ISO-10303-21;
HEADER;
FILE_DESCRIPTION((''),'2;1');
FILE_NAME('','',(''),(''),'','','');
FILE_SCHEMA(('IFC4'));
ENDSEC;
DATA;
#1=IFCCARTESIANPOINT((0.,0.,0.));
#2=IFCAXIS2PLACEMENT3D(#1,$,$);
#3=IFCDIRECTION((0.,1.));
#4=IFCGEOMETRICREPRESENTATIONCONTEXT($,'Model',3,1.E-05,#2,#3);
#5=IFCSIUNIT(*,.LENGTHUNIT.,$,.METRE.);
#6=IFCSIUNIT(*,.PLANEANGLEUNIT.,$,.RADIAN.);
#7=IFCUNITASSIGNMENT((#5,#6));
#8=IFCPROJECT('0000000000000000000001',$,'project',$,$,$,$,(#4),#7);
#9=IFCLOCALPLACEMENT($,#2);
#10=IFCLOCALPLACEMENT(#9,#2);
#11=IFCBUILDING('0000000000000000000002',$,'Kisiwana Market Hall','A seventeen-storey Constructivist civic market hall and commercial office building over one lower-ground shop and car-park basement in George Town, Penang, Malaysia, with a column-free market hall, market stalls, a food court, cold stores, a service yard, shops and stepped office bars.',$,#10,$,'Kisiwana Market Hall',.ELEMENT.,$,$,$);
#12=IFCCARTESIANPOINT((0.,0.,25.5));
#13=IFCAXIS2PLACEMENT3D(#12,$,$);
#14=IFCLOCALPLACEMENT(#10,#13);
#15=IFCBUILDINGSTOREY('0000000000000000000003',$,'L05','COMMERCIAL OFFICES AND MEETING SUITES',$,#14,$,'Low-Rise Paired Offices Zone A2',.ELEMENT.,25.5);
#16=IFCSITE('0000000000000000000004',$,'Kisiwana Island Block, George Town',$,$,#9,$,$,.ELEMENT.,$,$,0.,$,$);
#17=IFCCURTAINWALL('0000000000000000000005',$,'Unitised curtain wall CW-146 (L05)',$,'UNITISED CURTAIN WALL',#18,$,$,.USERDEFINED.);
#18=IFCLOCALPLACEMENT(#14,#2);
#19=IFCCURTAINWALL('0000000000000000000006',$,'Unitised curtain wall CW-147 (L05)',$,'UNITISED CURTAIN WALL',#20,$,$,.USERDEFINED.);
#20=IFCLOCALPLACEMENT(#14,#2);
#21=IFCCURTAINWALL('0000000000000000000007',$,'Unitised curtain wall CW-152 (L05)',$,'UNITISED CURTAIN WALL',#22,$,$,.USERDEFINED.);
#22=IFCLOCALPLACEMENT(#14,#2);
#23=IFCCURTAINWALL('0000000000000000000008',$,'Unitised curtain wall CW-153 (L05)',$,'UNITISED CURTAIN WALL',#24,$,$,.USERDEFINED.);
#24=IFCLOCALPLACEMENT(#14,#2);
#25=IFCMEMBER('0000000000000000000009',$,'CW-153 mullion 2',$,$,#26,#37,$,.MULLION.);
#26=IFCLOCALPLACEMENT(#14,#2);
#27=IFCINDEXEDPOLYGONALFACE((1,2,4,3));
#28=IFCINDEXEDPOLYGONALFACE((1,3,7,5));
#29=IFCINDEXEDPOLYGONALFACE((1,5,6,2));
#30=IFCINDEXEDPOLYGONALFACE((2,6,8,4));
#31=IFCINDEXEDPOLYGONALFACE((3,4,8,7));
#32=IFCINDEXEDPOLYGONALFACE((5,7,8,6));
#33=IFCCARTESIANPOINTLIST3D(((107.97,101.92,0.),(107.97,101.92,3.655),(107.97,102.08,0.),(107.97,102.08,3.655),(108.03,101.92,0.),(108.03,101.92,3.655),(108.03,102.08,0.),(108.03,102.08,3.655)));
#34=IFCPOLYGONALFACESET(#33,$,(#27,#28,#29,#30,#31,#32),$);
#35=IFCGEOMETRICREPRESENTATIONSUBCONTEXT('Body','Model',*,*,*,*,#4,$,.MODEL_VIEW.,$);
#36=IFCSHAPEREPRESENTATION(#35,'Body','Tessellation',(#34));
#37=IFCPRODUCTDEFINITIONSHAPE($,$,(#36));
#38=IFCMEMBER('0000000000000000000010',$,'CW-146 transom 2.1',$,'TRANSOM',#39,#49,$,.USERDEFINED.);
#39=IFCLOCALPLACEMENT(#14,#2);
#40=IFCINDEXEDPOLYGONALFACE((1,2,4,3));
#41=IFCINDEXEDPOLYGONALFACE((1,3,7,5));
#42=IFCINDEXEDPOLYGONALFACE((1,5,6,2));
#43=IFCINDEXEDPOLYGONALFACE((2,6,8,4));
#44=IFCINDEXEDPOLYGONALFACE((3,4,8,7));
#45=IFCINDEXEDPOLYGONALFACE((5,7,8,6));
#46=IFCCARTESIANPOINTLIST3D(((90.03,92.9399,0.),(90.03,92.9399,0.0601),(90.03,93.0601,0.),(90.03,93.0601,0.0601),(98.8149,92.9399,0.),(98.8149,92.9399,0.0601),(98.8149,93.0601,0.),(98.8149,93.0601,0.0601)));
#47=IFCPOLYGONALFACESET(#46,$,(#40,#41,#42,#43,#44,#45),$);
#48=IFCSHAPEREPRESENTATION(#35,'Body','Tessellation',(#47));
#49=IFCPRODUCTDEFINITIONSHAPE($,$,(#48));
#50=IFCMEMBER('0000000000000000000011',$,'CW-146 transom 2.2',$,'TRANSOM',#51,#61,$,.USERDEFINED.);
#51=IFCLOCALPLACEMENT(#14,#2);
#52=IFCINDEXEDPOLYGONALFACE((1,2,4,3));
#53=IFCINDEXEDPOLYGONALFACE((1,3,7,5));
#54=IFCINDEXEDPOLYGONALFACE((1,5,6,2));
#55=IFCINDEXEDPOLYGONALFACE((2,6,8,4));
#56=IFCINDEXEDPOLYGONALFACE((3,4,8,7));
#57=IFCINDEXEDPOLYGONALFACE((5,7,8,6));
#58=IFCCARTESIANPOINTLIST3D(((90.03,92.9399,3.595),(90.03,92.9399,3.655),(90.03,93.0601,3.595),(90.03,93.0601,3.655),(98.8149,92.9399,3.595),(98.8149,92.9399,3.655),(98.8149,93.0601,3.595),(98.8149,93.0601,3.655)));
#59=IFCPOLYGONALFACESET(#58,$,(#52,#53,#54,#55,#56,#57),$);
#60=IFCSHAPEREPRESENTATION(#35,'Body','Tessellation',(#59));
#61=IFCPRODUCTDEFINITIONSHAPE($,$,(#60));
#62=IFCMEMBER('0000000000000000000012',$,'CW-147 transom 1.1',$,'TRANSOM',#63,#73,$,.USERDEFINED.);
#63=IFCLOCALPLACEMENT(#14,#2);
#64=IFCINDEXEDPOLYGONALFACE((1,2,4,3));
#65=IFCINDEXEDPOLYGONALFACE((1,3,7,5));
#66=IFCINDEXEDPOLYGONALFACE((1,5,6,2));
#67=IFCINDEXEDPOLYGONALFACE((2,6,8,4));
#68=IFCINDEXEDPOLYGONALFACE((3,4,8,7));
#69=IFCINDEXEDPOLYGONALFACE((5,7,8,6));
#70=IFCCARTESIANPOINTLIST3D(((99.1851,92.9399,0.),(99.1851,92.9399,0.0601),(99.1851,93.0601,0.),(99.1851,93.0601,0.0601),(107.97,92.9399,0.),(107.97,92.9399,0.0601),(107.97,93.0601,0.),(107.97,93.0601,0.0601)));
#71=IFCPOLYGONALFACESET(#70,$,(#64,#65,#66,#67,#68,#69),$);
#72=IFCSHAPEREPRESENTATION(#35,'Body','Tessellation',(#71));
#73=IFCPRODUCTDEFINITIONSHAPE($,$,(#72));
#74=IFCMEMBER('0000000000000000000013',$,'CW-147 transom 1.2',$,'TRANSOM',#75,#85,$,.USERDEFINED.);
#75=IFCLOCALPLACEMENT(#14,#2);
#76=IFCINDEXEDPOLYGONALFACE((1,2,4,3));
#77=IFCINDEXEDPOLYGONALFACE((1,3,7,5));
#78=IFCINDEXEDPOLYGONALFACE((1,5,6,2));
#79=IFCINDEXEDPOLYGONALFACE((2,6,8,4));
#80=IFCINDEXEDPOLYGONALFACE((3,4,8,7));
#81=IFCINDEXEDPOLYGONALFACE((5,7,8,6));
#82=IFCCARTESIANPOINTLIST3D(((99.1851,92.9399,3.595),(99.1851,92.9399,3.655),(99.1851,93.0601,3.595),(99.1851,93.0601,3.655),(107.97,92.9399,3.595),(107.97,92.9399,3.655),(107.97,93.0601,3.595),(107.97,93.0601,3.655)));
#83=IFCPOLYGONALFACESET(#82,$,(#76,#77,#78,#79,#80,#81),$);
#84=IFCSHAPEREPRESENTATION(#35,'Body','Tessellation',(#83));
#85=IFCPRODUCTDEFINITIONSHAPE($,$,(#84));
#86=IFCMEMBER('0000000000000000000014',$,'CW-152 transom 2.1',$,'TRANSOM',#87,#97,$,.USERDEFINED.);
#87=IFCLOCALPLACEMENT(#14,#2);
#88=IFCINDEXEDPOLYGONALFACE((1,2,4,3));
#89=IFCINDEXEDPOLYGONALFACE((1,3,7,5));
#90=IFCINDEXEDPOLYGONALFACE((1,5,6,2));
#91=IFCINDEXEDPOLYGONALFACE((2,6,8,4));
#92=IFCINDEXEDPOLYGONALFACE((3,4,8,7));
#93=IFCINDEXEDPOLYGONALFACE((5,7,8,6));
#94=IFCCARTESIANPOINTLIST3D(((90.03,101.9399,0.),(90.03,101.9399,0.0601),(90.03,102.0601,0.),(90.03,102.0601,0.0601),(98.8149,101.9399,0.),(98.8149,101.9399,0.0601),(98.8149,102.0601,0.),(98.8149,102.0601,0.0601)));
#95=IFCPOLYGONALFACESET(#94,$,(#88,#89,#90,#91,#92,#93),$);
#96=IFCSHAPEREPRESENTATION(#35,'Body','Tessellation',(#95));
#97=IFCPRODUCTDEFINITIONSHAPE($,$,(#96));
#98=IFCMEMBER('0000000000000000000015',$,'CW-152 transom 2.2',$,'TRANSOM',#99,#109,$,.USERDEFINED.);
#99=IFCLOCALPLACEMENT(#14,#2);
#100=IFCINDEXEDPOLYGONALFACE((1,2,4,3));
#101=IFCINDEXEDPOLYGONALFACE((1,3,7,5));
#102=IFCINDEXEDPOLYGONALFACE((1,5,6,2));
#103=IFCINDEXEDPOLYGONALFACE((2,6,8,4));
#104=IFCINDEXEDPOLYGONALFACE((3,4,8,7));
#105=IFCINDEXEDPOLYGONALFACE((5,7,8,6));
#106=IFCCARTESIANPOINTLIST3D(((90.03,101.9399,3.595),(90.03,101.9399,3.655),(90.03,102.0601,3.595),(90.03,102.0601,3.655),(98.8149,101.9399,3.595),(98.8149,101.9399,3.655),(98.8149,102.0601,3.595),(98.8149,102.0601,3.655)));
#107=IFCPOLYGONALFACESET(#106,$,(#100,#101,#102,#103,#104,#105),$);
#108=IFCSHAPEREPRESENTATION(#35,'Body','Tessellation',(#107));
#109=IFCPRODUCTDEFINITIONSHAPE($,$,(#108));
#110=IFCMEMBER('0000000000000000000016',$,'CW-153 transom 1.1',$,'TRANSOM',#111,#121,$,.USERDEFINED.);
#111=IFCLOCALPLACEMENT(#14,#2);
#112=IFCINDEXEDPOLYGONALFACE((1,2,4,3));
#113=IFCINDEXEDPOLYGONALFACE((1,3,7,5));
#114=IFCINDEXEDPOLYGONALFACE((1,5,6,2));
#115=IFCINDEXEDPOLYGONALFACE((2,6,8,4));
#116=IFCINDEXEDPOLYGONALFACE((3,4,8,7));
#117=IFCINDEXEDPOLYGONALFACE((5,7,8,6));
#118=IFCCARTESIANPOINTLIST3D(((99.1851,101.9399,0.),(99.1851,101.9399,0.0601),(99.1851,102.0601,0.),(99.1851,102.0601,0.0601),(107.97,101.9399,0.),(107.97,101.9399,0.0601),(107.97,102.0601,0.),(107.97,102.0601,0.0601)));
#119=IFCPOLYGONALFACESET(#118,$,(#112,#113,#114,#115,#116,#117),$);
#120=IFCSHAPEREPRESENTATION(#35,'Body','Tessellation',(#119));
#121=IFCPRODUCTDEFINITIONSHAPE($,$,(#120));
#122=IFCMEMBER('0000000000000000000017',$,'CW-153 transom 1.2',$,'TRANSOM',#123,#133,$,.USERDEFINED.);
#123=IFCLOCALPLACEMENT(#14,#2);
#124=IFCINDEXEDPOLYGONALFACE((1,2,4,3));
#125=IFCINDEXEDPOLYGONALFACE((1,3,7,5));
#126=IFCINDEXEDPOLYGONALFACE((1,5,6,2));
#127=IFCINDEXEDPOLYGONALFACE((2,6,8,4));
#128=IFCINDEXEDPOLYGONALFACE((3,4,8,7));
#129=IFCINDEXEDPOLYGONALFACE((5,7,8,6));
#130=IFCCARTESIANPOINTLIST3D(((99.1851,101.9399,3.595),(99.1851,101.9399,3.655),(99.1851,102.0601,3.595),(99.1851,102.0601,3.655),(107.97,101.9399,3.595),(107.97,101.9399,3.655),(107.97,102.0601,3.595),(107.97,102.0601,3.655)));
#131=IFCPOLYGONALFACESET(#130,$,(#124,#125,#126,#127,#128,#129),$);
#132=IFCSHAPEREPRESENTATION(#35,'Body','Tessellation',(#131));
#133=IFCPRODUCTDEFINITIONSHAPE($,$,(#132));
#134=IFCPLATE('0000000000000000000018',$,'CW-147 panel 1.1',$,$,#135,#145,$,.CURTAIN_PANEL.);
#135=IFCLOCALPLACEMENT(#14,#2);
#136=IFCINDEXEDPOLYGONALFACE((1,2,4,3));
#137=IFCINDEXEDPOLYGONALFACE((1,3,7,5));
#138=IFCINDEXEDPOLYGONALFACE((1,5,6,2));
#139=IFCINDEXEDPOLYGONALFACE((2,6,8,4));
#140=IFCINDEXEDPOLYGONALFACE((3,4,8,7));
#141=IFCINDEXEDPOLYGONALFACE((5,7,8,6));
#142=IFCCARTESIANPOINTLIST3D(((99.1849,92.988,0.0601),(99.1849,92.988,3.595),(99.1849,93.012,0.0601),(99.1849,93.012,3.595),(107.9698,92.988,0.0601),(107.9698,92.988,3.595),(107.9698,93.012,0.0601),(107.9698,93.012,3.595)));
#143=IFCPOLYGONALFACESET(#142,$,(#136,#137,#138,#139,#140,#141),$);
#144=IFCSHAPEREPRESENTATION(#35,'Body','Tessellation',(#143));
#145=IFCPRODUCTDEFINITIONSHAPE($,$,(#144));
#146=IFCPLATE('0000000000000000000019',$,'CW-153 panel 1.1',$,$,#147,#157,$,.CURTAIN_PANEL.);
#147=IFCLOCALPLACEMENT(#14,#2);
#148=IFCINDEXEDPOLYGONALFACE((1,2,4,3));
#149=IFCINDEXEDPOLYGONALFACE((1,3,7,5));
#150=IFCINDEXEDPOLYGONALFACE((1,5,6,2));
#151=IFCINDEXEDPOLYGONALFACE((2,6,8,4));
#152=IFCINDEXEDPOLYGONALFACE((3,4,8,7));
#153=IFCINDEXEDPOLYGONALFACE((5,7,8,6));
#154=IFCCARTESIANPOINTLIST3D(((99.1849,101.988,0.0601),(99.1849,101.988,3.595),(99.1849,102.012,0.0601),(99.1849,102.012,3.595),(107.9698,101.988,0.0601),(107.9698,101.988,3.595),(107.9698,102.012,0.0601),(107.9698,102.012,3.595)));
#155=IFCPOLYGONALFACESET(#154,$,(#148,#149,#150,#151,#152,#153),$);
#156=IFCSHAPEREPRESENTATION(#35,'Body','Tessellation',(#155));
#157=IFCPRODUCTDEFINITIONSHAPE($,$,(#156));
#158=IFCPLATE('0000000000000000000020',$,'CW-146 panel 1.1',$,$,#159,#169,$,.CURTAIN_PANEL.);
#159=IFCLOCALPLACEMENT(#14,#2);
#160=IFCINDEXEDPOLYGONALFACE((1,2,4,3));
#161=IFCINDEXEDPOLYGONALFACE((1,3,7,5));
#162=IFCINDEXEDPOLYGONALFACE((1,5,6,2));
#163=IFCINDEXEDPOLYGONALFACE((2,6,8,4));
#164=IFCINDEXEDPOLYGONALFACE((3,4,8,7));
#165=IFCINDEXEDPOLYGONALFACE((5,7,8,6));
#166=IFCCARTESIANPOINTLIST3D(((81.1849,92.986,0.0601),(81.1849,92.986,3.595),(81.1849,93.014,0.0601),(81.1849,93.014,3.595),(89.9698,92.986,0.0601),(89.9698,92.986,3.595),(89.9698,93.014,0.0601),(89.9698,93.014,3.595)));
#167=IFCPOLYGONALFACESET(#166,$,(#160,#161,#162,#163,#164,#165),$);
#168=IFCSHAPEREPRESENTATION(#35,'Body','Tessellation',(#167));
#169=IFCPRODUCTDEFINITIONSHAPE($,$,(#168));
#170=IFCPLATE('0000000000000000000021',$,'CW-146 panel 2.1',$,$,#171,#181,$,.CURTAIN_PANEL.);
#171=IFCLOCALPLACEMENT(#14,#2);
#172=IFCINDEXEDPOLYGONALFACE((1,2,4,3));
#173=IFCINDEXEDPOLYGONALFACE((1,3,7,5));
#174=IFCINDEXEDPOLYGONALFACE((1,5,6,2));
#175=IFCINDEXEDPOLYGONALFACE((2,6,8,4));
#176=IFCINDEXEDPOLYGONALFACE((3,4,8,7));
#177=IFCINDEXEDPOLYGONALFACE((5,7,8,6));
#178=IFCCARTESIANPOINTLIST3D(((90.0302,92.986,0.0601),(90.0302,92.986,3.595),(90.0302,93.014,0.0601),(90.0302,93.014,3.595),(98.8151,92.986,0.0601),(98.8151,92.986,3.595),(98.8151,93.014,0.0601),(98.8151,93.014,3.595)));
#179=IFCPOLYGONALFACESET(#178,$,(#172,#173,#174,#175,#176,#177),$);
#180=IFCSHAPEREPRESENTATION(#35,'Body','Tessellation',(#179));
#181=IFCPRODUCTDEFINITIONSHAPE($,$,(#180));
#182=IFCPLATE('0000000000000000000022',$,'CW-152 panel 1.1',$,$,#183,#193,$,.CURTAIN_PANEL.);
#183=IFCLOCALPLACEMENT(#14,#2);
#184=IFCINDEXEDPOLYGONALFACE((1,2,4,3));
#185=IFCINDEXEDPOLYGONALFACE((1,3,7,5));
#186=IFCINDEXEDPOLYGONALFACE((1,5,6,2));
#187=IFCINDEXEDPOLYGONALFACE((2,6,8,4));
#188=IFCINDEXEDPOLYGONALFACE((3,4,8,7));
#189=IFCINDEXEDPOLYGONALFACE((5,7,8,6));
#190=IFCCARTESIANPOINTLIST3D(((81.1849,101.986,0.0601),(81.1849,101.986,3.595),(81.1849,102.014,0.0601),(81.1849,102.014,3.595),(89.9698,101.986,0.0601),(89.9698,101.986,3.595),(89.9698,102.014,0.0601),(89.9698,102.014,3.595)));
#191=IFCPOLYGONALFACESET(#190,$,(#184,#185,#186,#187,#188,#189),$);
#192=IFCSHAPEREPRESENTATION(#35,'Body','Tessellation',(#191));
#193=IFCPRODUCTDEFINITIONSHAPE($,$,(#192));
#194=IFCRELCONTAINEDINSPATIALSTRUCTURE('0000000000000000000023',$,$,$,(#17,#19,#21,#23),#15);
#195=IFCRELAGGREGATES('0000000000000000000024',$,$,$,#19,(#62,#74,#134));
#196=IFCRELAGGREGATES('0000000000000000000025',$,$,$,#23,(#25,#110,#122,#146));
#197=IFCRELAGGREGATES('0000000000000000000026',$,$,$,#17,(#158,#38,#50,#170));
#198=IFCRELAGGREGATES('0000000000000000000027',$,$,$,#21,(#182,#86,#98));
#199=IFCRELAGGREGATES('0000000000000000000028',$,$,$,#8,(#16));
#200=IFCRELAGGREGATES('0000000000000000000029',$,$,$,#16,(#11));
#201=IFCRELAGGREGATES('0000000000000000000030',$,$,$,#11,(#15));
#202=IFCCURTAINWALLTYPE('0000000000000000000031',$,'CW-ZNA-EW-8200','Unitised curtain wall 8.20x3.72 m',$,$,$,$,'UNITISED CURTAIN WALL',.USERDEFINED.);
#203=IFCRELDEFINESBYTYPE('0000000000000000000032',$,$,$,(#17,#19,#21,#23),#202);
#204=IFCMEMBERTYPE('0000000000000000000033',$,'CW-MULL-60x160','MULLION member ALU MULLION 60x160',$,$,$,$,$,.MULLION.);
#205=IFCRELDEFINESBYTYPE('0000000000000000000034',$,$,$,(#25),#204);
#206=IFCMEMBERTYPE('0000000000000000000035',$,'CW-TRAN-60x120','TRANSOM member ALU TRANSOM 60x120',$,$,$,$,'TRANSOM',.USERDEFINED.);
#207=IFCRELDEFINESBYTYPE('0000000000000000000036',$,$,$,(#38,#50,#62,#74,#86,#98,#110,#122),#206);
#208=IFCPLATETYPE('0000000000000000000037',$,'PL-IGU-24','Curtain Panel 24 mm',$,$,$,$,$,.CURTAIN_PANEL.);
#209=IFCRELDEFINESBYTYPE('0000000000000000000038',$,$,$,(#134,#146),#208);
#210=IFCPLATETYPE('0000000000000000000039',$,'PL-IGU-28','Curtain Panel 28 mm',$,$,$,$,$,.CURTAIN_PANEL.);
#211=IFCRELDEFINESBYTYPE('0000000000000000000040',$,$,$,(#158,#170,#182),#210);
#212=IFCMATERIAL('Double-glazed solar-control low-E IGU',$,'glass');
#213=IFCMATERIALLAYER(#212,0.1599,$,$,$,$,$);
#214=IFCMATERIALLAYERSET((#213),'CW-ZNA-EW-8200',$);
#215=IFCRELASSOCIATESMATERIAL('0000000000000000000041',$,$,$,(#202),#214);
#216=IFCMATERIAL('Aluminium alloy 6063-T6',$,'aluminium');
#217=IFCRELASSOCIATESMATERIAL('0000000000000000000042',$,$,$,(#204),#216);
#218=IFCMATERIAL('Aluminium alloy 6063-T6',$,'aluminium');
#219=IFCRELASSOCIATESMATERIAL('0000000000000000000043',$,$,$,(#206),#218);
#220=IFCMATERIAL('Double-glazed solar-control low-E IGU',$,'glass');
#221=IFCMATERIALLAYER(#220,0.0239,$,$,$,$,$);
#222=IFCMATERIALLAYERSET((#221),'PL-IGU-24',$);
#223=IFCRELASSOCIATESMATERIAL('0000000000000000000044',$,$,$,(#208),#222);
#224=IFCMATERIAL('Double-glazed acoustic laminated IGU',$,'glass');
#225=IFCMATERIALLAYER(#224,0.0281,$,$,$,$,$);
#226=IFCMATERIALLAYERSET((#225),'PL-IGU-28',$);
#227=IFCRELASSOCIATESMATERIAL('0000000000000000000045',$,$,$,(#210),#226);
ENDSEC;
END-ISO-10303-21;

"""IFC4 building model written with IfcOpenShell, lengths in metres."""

from ifc_helpers import new_model, si_unit, direction, frame, origin, origin_2d, place, context, subcontext, project, spatial, rectangle, extrude, material, layer, layer_set, material_profile, profile_set, type_object, element, aggregate, save


model = new_model("IFC4")

# Units and contexts
model_context = context("Model", 3, precision=1e-05, world=origin(), true_north=direction((0.0, 1.0)))
body_context = subcontext(model_context, "Body", "Model", "MODEL_VIEW")
ifc_project = project(units=[si_unit("LENGTHUNIT", "METRE"), si_unit("PLANEANGLEUNIT", "RADIAN")], contexts=[model_context])

# Site, building, storey
site_placement = place(None, origin())
site = spatial("IfcSite", under=ifc_project, at=site_placement, Name="Kisiwana Island Block, George Town", CompositionType="ELEMENT", RefElevation=0.0)
building_placement = place(site_placement, origin())
building = spatial("IfcBuilding", under=site, at=building_placement, Name="Kisiwana Market Hall", Description="A seventeen-storey Constructivist civic market hall and commercial office building over one lower-ground shop and car-park basement in George Town, Penang, Malaysia, with a column-free market hall, market stalls, a food court, cold stores, a service yard, shops and stepped office bars.", LongName="Kisiwana Market Hall", CompositionType="ELEMENT")
storey_placement = place(building_placement, frame((0.0, 0.0, 25.5)))
storey = spatial("IfcBuildingStorey", under=building, at=storey_placement, Name="L05", Description="COMMERCIAL OFFICES AND MEETING SUITES", LongName="Low-Rise Paired Offices Zone A2", CompositionType="ELEMENT", Elevation=25.5)

# Curtain walls, member
ifc_material_1 = material(Name="Double-glazed solar-control low-E IGU", Category="glass")
ifc_layer_1 = layer(ifc_material_1, 0.1599)
ifc_layer_set_1 = layer_set([ifc_layer_1], Name="CW-ZNA-EW-8200")
curtain_wall_type = type_object("IfcCurtainWallType", Name="CW-ZNA-EW-8200", Description="Unitised curtain wall 8.20x3.72 m", ElementType="UNITISED CURTAIN WALL", PredefinedType="USERDEFINED", material=ifc_layer_set_1)
curtain_wall_1_placement = place(storey_placement, origin())
curtain_wall_1 = element("IfcCurtainWall", 1, at=curtain_wall_1_placement, inside=storey, type_object=curtain_wall_type, Name="Unitised curtain wall CW-146 (L05)", ObjectType="UNITISED CURTAIN WALL", PredefinedType="USERDEFINED")
ifc_material_2 = material(Name="Aluminium alloy 6063-T6", Category="aluminium")
ifc_material_profile_1 = material_profile(ifc_material_2, rectangle(XDim=0.0601, YDim=0.1599, at=origin_2d()), Name="ALU MULLION 60x160")
ifc_profile_set_1 = profile_set([ifc_material_profile_1], Name="Aluminium alloy 6063-T6")
member_type_1 = type_object("IfcMemberType", Name="CW-MULL-60x160", Description="MULLION member ALU MULLION 60x160", PredefinedType="MULLION", material=ifc_profile_set_1)
curtain_wall_2_placement = place(storey_placement, origin())
curtain_wall_2 = element("IfcCurtainWall", 2, at=curtain_wall_2_placement, inside=storey, type_object=curtain_wall_type, Name="Unitised curtain wall CW-147 (L05)", ObjectType="UNITISED CURTAIN WALL", PredefinedType="USERDEFINED")
curtain_wall_3_placement = place(storey_placement, origin())
curtain_wall_3 = element("IfcCurtainWall", 3, at=curtain_wall_3_placement, inside=storey, type_object=curtain_wall_type, Name="Unitised curtain wall CW-152 (L05)", ObjectType="UNITISED CURTAIN WALL", PredefinedType="USERDEFINED")
curtain_wall_4_placement = place(storey_placement, origin())
curtain_wall_4 = element("IfcCurtainWall", 4, at=curtain_wall_4_placement, inside=storey, type_object=curtain_wall_type, Name="Unitised curtain wall CW-153 (L05)", ObjectType="UNITISED CURTAIN WALL", PredefinedType="USERDEFINED")
member_1_placement = place(storey_placement, frame((108.0, 102.0, 0.0), z_axis=(0.0, 0.0, 1.0), x_axis=(1.0, 0.0, 0.0)))
member_1 = element("IfcMember", 5, at=member_1_placement, type_object=member_type_1, Name="CW-153 mullion 2", PredefinedType="MULLION", context=body_context, shape_type="SweptSolid", body=[
    extrude(rectangle(XDim=0.0601, YDim=0.1599, at=origin_2d()), origin(), (0.0, 0.0, 1.0), 3.655),
])

# Members
ifc_material_3 = material(Name="Aluminium alloy 6063-T6", Category="aluminium")
ifc_material_profile_2 = material_profile(ifc_material_3, rectangle(XDim=0.1201, YDim=0.0601, at=origin_2d()), Name="ALU TRANSOM 60x120")
ifc_profile_set_2 = profile_set([ifc_material_profile_2], Name="Aluminium alloy 6063-T6")
member_type_2 = type_object("IfcMemberType", Name="CW-TRAN-60x120", Description="TRANSOM member ALU TRANSOM 60x120", ElementType="TRANSOM", PredefinedType="USERDEFINED", material=ifc_profile_set_2)
member_2_placement = place(storey_placement, frame((90.03, 93.0, 0.03), z_axis=(1.0, 0.0, 0.0), x_axis=(0.0, 1.0, 0.0)))
member_2 = element("IfcMember", 6, at=member_2_placement, type_object=member_type_2, Name="CW-146 transom 2.1", ObjectType="TRANSOM", PredefinedType="USERDEFINED", context=body_context, shape_type="SweptSolid", body=[
    extrude(rectangle(XDim=0.1201, YDim=0.0601, at=origin_2d()), origin(), (0.0, 0.0, 1.0), 8.7849),
])
member_3_placement = place(storey_placement, frame((90.03, 93.0, 3.625), z_axis=(1.0, 0.0, 0.0), x_axis=(0.0, 1.0, 0.0)))
member_3 = element("IfcMember", 7, at=member_3_placement, type_object=member_type_2, Name="CW-146 transom 2.2", ObjectType="TRANSOM", PredefinedType="USERDEFINED", context=body_context, shape_type="SweptSolid", body=[
    extrude(rectangle(XDim=0.1201, YDim=0.0601, at=origin_2d()), origin(), (0.0, 0.0, 1.0), 8.7849),
])
member_4_placement = place(storey_placement, frame((99.1851, 93.0, 0.03), z_axis=(1.0, 0.0, 0.0), x_axis=(0.0, 1.0, 0.0)))
member_4 = element("IfcMember", 8, at=member_4_placement, type_object=member_type_2, Name="CW-147 transom 1.1", ObjectType="TRANSOM", PredefinedType="USERDEFINED", context=body_context, shape_type="SweptSolid", body=[
    extrude(rectangle(XDim=0.1201, YDim=0.0601, at=origin_2d()), origin(), (0.0, 0.0, 1.0), 8.7849),
])
member_5_placement = place(storey_placement, frame((99.1851, 93.0, 3.625), z_axis=(1.0, 0.0, 0.0), x_axis=(0.0, 1.0, 0.0)))
member_5 = element("IfcMember", 9, at=member_5_placement, type_object=member_type_2, Name="CW-147 transom 1.2", ObjectType="TRANSOM", PredefinedType="USERDEFINED", context=body_context, shape_type="SweptSolid", body=[
    extrude(rectangle(XDim=0.1201, YDim=0.0601, at=origin_2d()), origin(), (0.0, 0.0, 1.0), 8.7849),
])
member_6_placement = place(storey_placement, frame((90.03, 102.0, 0.03), z_axis=(1.0, 0.0, 0.0), x_axis=(0.0, 1.0, 0.0)))
member_6 = element("IfcMember", 10, at=member_6_placement, type_object=member_type_2, Name="CW-152 transom 2.1", ObjectType="TRANSOM", PredefinedType="USERDEFINED", context=body_context, shape_type="SweptSolid", body=[
    extrude(rectangle(XDim=0.1201, YDim=0.0601, at=origin_2d()), origin(), (0.0, 0.0, 1.0), 8.7849),
])
member_7_placement = place(storey_placement, frame((90.03, 102.0, 3.625), z_axis=(1.0, 0.0, 0.0), x_axis=(0.0, 1.0, 0.0)))
member_7 = element("IfcMember", 11, at=member_7_placement, type_object=member_type_2, Name="CW-152 transom 2.2", ObjectType="TRANSOM", PredefinedType="USERDEFINED", context=body_context, shape_type="SweptSolid", body=[
    extrude(rectangle(XDim=0.1201, YDim=0.0601, at=origin_2d()), origin(), (0.0, 0.0, 1.0), 8.7849),
])
member_8_placement = place(storey_placement, frame((99.1851, 102.0, 0.03), z_axis=(1.0, 0.0, 0.0), x_axis=(0.0, 1.0, 0.0)))
member_8 = element("IfcMember", 12, at=member_8_placement, type_object=member_type_2, Name="CW-153 transom 1.1", ObjectType="TRANSOM", PredefinedType="USERDEFINED", context=body_context, shape_type="SweptSolid", body=[
    extrude(rectangle(XDim=0.1201, YDim=0.0601, at=origin_2d()), origin(), (0.0, 0.0, 1.0), 8.7849),
])
member_9_placement = place(storey_placement, frame((99.1851, 102.0, 3.625), z_axis=(1.0, 0.0, 0.0), x_axis=(0.0, 1.0, 0.0)))
member_9 = element("IfcMember", 13, at=member_9_placement, type_object=member_type_2, Name="CW-153 transom 1.2", ObjectType="TRANSOM", PredefinedType="USERDEFINED", context=body_context, shape_type="SweptSolid", body=[
    extrude(rectangle(XDim=0.1201, YDim=0.0601, at=origin_2d()), origin(), (0.0, 0.0, 1.0), 8.7849),
])

# Plates
ifc_material_4 = material(Name="Double-glazed solar-control low-E IGU", Category="glass")
ifc_layer_2 = layer(ifc_material_4, 0.0239)
ifc_layer_set_2 = layer_set([ifc_layer_2], Name="PL-IGU-24")
plate_type_1 = type_object("IfcPlateType", Name="PL-IGU-24", Description="Curtain Panel 24 mm", PredefinedType="CURTAIN_PANEL", material=ifc_layer_set_2)
plate_1_placement = place(storey_placement, frame((103.5774, 93.0, 0.0601), z_axis=(0.0, 0.0, 1.0), x_axis=(1.0, 0.0, 0.0)))
plate_1 = element("IfcPlate", 14, at=plate_1_placement, type_object=plate_type_1, Name="CW-147 panel 1.1", PredefinedType="CURTAIN_PANEL", context=body_context, shape_type="SweptSolid", body=[
    extrude(rectangle(XDim=8.7849, YDim=0.0239, at=origin_2d()), origin(), (0.0, 0.0, 1.0), 3.5349),
])
aggregate(curtain_wall_2, [member_4, member_5, plate_1])
plate_2_placement = place(storey_placement, frame((103.5774, 102.0, 0.0601), z_axis=(0.0, 0.0, 1.0), x_axis=(1.0, 0.0, 0.0)))
plate_2 = element("IfcPlate", 15, at=plate_2_placement, type_object=plate_type_1, Name="CW-153 panel 1.1", PredefinedType="CURTAIN_PANEL", context=body_context, shape_type="SweptSolid", body=[
    extrude(rectangle(XDim=8.7849, YDim=0.0239, at=origin_2d()), origin(), (0.0, 0.0, 1.0), 3.5349),
])
aggregate(curtain_wall_4, [member_1, member_8, member_9, plate_2])
ifc_material_5 = material(Name="Double-glazed acoustic laminated IGU", Category="glass")
ifc_layer_3 = layer(ifc_material_5, 0.0281)
ifc_layer_set_3 = layer_set([ifc_layer_3], Name="PL-IGU-28")
plate_type_2 = type_object("IfcPlateType", Name="PL-IGU-28", Description="Curtain Panel 28 mm", PredefinedType="CURTAIN_PANEL", material=ifc_layer_set_3)
plate_3_placement = place(storey_placement, frame((85.5774, 93.0, 0.0601), z_axis=(0.0, 0.0, 1.0), x_axis=(1.0, 0.0, 0.0)))
plate_3 = element("IfcPlate", 16, at=plate_3_placement, type_object=plate_type_2, Name="CW-146 panel 1.1", PredefinedType="CURTAIN_PANEL", context=body_context, shape_type="SweptSolid", body=[
    extrude(rectangle(XDim=8.7849, YDim=0.0281, at=origin_2d()), origin(), (0.0, 0.0, 1.0), 3.5349),
])
plate_4_placement = place(storey_placement, frame((94.4226, 93.0, 0.0601), z_axis=(0.0, 0.0, 1.0), x_axis=(1.0, 0.0, 0.0)))
plate_4 = element("IfcPlate", 17, at=plate_4_placement, type_object=plate_type_2, Name="CW-146 panel 2.1", PredefinedType="CURTAIN_PANEL", context=body_context, shape_type="SweptSolid", body=[
    extrude(rectangle(XDim=8.7849, YDim=0.0281, at=origin_2d()), origin(), (0.0, 0.0, 1.0), 3.5349),
])
aggregate(curtain_wall_1, [plate_3, member_2, member_3, plate_4])
plate_5_placement = place(storey_placement, frame((85.5774, 102.0, 0.0601), z_axis=(0.0, 0.0, 1.0), x_axis=(1.0, 0.0, 0.0)))
plate_5 = element("IfcPlate", 18, at=plate_5_placement, type_object=plate_type_2, Name="CW-152 panel 1.1", PredefinedType="CURTAIN_PANEL", context=body_context, shape_type="SweptSolid", body=[
    extrude(rectangle(XDim=8.7849, YDim=0.0281, at=origin_2d()), origin(), (0.0, 0.0, 1.0), 3.5349),
])
aggregate(curtain_wall_3, [plate_5, member_6, member_7])

save(model, "model.ifc")
